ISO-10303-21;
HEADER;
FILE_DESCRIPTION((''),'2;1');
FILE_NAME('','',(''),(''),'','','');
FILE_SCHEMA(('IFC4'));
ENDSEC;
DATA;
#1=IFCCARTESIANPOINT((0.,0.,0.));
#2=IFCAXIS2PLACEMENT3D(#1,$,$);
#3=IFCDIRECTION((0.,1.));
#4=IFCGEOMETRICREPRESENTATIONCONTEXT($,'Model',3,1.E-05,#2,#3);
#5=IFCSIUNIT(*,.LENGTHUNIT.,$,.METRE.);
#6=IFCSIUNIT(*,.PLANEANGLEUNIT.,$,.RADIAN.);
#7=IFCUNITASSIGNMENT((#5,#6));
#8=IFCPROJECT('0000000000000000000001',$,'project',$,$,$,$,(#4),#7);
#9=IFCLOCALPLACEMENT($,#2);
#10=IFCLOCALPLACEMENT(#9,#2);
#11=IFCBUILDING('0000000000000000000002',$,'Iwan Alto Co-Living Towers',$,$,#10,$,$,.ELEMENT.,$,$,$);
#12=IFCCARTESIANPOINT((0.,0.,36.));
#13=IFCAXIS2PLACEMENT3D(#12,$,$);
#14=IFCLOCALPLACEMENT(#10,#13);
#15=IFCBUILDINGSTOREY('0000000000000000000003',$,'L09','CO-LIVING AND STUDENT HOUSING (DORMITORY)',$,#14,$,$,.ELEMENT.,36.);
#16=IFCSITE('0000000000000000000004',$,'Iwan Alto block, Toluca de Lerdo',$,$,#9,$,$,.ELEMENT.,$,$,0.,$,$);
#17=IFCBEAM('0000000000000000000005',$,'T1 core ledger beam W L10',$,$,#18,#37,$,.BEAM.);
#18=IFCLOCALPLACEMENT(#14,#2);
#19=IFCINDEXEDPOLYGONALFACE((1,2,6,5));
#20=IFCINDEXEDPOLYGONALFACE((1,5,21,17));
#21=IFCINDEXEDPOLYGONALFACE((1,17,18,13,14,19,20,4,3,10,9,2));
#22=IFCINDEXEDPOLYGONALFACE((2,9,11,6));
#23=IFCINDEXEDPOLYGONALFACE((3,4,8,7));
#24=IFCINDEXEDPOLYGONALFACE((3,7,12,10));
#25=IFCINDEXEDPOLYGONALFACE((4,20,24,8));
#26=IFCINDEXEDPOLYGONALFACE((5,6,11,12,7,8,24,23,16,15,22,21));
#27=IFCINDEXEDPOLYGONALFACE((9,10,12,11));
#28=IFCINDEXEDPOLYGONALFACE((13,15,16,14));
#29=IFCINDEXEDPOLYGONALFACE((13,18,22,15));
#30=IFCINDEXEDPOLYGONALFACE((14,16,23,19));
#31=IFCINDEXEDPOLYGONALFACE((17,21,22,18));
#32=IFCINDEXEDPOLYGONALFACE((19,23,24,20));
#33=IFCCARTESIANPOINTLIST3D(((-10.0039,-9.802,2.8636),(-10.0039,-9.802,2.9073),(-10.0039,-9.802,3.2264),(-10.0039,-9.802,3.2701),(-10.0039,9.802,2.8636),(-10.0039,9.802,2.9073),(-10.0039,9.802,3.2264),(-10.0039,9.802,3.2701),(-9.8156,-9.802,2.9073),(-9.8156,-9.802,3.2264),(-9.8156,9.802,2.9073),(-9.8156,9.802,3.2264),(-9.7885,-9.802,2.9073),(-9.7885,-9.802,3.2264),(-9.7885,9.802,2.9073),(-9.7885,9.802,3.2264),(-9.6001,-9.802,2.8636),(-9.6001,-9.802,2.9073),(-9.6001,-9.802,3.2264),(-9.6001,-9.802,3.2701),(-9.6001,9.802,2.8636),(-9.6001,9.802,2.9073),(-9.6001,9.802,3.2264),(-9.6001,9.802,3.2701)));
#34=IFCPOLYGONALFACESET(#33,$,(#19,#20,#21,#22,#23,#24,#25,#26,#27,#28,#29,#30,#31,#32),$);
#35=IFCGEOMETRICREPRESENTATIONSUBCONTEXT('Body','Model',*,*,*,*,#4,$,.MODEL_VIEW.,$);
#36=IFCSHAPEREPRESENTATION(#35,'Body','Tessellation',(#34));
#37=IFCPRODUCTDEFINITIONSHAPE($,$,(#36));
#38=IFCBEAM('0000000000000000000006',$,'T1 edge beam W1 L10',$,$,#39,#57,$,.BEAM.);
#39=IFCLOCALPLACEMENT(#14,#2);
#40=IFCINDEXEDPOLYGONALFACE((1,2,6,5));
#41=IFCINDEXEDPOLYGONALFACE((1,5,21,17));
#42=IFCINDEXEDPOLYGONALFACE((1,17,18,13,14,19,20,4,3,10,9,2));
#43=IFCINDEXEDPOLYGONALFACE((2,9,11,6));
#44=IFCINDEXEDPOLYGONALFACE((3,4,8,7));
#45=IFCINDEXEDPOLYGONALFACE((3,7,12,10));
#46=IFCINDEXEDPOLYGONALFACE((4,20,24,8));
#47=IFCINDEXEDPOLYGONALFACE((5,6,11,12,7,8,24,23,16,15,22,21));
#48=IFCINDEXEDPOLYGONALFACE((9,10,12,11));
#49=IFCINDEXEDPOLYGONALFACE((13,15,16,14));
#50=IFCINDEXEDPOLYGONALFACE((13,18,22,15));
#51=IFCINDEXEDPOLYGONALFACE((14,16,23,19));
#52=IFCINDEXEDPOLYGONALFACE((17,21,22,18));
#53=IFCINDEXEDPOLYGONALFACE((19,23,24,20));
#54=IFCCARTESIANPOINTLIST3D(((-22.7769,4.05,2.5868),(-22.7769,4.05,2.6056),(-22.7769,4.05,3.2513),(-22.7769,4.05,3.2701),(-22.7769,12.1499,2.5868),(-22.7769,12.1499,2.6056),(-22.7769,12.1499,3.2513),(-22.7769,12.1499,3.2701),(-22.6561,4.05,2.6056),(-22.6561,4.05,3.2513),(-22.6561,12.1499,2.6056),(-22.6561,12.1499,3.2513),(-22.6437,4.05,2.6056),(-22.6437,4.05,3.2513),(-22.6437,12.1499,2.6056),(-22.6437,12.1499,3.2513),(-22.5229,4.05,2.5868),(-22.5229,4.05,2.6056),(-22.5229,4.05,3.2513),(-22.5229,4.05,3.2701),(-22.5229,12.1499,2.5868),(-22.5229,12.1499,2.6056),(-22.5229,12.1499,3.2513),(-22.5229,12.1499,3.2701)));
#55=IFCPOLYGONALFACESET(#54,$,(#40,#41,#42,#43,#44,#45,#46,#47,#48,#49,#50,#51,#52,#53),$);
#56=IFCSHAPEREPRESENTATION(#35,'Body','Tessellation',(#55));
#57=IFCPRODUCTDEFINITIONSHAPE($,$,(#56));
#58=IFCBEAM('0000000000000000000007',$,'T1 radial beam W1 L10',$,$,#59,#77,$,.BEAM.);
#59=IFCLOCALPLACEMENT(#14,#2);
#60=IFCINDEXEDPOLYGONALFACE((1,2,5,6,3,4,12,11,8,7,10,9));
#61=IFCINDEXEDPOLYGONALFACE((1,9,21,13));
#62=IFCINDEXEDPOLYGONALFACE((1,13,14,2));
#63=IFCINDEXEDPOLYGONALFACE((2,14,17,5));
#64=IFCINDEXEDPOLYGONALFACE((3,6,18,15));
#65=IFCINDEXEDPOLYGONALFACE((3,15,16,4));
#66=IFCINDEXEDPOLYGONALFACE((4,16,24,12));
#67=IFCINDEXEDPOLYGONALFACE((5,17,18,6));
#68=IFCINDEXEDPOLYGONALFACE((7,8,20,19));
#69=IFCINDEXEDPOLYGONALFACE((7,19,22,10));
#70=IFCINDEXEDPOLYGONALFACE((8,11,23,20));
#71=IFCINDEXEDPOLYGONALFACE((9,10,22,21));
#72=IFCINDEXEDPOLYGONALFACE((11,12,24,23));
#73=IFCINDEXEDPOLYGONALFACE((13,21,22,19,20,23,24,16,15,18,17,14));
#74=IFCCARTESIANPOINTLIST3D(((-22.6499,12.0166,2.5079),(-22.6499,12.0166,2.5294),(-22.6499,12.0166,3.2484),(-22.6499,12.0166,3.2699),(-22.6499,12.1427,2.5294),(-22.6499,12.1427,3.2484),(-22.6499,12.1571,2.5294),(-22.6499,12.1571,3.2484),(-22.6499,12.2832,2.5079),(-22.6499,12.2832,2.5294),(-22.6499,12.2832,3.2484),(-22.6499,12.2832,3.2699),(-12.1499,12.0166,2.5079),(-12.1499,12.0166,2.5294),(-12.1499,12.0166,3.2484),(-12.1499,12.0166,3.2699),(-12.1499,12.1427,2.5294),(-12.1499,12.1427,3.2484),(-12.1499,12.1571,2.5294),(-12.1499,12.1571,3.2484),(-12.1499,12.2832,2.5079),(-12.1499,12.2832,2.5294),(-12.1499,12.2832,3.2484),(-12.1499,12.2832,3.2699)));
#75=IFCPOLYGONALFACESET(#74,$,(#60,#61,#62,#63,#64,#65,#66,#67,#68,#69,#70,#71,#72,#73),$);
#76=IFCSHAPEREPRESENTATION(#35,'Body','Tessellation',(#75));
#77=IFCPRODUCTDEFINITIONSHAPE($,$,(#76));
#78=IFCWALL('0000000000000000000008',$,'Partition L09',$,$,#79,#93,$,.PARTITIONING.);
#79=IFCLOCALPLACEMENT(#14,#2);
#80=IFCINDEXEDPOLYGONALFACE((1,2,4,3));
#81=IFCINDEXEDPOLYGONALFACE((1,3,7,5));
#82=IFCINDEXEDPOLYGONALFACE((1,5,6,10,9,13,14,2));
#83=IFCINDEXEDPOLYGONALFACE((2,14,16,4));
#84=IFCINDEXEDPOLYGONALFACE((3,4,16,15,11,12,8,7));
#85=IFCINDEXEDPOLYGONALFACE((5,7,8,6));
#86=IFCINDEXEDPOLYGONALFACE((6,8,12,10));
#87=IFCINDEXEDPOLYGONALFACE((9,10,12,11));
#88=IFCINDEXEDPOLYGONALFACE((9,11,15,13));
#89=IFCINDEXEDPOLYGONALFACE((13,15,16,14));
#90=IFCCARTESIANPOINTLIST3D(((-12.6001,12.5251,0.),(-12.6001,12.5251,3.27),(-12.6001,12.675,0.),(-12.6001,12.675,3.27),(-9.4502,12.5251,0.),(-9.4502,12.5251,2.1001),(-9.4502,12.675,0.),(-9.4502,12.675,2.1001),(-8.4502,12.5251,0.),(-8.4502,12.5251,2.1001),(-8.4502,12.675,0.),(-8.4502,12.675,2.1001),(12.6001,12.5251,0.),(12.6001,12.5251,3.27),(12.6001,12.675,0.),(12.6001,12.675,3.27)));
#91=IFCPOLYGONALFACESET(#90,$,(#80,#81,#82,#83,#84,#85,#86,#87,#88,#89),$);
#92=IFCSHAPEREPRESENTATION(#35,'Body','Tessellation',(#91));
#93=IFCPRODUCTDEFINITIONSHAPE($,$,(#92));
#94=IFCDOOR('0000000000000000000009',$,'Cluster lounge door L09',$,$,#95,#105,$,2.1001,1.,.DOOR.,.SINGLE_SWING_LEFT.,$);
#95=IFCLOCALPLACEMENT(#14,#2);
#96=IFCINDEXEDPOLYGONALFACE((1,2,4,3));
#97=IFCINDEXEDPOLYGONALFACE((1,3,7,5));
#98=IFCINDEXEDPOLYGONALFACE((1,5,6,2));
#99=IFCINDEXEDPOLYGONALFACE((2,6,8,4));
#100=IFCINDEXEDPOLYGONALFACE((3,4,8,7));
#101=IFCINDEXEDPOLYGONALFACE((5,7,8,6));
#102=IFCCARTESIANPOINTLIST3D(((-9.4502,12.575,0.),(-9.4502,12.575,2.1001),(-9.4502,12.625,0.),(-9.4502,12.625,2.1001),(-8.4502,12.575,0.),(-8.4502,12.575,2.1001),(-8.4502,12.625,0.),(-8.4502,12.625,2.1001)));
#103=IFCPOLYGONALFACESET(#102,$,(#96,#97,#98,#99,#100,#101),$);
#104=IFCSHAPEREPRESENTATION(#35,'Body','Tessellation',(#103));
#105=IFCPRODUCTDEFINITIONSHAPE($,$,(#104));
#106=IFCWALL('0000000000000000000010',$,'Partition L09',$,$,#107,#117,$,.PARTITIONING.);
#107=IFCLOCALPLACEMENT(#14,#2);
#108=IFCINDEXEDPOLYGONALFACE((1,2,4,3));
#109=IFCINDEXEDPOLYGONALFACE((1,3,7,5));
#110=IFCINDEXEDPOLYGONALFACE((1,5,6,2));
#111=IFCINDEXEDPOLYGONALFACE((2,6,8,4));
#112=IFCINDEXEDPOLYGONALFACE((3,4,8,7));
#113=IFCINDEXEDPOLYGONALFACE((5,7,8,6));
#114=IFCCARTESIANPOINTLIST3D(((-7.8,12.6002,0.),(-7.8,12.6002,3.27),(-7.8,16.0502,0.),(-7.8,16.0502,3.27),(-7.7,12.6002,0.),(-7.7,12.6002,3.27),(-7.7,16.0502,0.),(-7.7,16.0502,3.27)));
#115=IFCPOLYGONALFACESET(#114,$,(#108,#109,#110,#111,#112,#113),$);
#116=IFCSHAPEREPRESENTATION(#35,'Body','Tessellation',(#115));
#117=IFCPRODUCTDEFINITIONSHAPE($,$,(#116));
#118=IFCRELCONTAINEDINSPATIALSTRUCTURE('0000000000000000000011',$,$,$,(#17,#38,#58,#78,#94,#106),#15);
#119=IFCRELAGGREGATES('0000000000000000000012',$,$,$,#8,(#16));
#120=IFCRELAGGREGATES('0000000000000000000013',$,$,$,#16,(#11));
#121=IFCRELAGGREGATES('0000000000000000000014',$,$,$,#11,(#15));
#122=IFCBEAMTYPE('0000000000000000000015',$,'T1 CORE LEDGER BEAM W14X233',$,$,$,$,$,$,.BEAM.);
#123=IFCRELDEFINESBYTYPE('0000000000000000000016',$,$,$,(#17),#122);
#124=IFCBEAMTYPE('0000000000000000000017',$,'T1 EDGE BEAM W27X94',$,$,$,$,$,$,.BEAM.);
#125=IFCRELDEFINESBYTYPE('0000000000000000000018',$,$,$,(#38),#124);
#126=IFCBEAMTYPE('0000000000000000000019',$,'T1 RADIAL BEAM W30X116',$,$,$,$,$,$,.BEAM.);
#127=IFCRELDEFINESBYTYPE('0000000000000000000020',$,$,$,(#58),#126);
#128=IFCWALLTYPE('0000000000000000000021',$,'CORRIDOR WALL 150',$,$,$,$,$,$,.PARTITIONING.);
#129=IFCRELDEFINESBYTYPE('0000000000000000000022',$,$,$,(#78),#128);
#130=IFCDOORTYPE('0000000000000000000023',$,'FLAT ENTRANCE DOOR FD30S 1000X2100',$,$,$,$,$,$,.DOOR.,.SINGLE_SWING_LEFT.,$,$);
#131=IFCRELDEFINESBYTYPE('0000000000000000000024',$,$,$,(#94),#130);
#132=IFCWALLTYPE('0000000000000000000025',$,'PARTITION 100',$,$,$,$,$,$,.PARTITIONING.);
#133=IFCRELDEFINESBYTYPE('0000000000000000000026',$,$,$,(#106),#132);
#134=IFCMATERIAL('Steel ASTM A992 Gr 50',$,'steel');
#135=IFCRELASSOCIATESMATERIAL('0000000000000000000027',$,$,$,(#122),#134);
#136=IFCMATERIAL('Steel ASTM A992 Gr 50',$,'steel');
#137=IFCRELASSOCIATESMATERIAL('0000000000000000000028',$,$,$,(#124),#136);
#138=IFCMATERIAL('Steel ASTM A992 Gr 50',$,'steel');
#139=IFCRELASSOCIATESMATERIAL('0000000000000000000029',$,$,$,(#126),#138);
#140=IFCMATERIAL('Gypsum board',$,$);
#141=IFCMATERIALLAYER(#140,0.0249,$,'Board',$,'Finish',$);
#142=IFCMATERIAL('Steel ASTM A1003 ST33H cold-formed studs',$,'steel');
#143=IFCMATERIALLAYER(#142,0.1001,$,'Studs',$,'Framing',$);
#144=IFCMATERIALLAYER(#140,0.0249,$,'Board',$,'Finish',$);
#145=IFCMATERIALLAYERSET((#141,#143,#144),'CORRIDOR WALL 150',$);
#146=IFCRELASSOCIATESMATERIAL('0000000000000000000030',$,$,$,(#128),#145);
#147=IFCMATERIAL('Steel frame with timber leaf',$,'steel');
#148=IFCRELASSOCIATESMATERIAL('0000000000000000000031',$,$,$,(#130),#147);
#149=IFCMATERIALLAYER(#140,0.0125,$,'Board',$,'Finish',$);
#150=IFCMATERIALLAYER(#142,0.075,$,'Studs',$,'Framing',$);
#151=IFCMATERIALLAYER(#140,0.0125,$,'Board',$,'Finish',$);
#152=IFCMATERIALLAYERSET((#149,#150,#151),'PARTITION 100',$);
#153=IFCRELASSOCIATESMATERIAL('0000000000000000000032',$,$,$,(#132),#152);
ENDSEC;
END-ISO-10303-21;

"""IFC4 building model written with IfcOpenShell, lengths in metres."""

from ifc_helpers import new_model, si_unit, direction, frame, frame_2d, origin, origin_2d, place, context, subcontext, project, spatial, rectangle, i_section, extrude, material, layer, layer_set, material_profile, profile_set, type_object, element, fill, save


model = new_model("IFC4")

# Units and contexts
model_context = context("Model", 3, precision=1e-05, world=origin(), true_north=direction((0.0, 1.0)))
body_context = subcontext(model_context, "Body", "Model", "MODEL_VIEW")
ifc_project = project(units=[si_unit("LENGTHUNIT", "METRE"), si_unit("PLANEANGLEUNIT", "RADIAN")], contexts=[model_context])

# Site, building, storey
site_placement = place(None, origin())
site = spatial("IfcSite", under=ifc_project, at=site_placement, Name="Iwan Alto block, Toluca de Lerdo", CompositionType="ELEMENT", RefElevation=0.0)
building_placement = place(site_placement, origin())
building = spatial("IfcBuilding", under=site, at=building_placement, Name="Iwan Alto Co-Living Towers", CompositionType="ELEMENT")
storey_placement = place(building_placement, frame((0.0, 0.0, 36.0)))
storey = spatial("IfcBuildingStorey", under=building, at=storey_placement, Name="L09", Description="CO-LIVING AND STUDENT HOUSING (DORMITORY)", CompositionType="ELEMENT", Elevation=36.0)

# Beams
ifc_material_1 = material(Name="Steel ASTM A992 Gr 50", Category="steel")
ifc_material_profile_1 = material_profile(ifc_material_1, i_section(OverallWidth=0.4038, OverallDepth=0.4065, WebThickness=0.0271, FlangeThickness=0.0437, at=origin_2d()), Name="W14X233")
ifc_profile_set_1 = profile_set([ifc_material_profile_1], Name="Steel ASTM A992 Gr 50")
beam_type_1 = type_object("IfcBeamType", Name="T1 CORE LEDGER BEAM W14X233", PredefinedType="BEAM", material=ifc_profile_set_1)
beam_1_placement = place(storey_placement, frame((-9.802, 9.802, 3.0669), z_axis=(0.0, -1.0, 0.0), x_axis=(1.0, 0.0, 0.0)))
element("IfcBeam", 1, at=beam_1_placement, inside=storey, type_object=beam_type_1, Name="T1 core ledger beam W L10", PredefinedType="BEAM", context=body_context, shape_type="SweptSolid", body=[
    extrude(i_section(OverallWidth=0.4038, OverallDepth=0.4065, WebThickness=0.0271, FlangeThickness=0.0437, at=origin_2d()), origin(), (0.0, 0.0, 1.0), 19.604),
])
ifc_material_2 = material(Name="Steel ASTM A992 Gr 50", Category="steel")
ifc_material_profile_2 = material_profile(ifc_material_2, i_section(OverallWidth=0.2539, OverallDepth=0.6833, WebThickness=0.0125, FlangeThickness=0.0188, at=origin_2d()), Name="W27X94")
ifc_profile_set_2 = profile_set([ifc_material_profile_2], Name="Steel ASTM A992 Gr 50")
beam_type_2 = type_object("IfcBeamType", Name="T1 EDGE BEAM W27X94", PredefinedType="BEAM", material=ifc_profile_set_2)
beam_2_placement = place(storey_placement, frame((-22.6499, 12.1499, 2.9285), z_axis=(0.0, -1.0, 0.0), x_axis=(1.0, 0.0, 0.0)))
element("IfcBeam", 2, at=beam_2_placement, inside=storey, type_object=beam_type_2, Name="T1 edge beam W1 L10", PredefinedType="BEAM", context=body_context, shape_type="SweptSolid", body=[
    extrude(i_section(OverallWidth=0.2539, OverallDepth=0.6833, WebThickness=0.0125, FlangeThickness=0.0188, at=origin_2d()), origin(), (0.0, 0.0, 1.0), 8.0999),
])
ifc_material_3 = material(Name="Steel ASTM A992 Gr 50", Category="steel")
ifc_material_profile_3 = material_profile(ifc_material_3, i_section(OverallWidth=0.2666, OverallDepth=0.762, WebThickness=0.0144, FlangeThickness=0.0215, at=origin_2d()), Name="W30X116")
ifc_profile_set_3 = profile_set([ifc_material_profile_3], Name="Steel ASTM A992 Gr 50")
beam_type_3 = type_object("IfcBeamType", Name="T1 RADIAL BEAM W30X116", PredefinedType="BEAM", material=ifc_profile_set_3)
beam_3_placement = place(storey_placement, frame((-22.6499, 12.1499, 2.8889), z_axis=(1.0, 0.0, 0.0), x_axis=(0.0, 1.0, 0.0)))
element("IfcBeam", 3, at=beam_3_placement, inside=storey, type_object=beam_type_3, Name="T1 radial beam W1 L10", PredefinedType="BEAM", context=body_context, shape_type="SweptSolid", body=[
    extrude(i_section(OverallWidth=0.2666, OverallDepth=0.762, WebThickness=0.0144, FlangeThickness=0.0215, at=origin_2d()), origin(), (0.0, 0.0, 1.0), 10.5),
])

# Wall, opening, door
ifc_material_4 = material(Name="Gypsum board")
ifc_layer_1 = layer(ifc_material_4, 0.0249, Name="Board", Category="Finish")
ifc_material_5 = material(Name="Steel ASTM A1003 ST33H cold-formed studs", Category="steel")
ifc_layer_2 = layer(ifc_material_5, 0.1001, Name="Studs", Category="Framing")
ifc_layer_3 = layer(ifc_material_4, 0.0249, Name="Board", Category="Finish")
ifc_layer_set_1 = layer_set([ifc_layer_1, ifc_layer_2, ifc_layer_3], Name="CORRIDOR WALL 150")
wall_type_1 = type_object("IfcWallType", Name="CORRIDOR WALL 150", PredefinedType="PARTITIONING", material=ifc_layer_set_1)
wall_1_placement = place(storey_placement, frame((-12.6001, 12.6001, 0.0), z_axis=(0.0, 0.0, 1.0), x_axis=(1.0, 0.0, 0.0)))
wall_1 = element("IfcWall", 4, at=wall_1_placement, inside=storey, type_object=wall_type_1, Name="Partition L09", PredefinedType="PARTITIONING", context=body_context, shape_type="SweptSolid", body=[
    extrude(rectangle(XDim=25.2002, YDim=0.1499, at=frame_2d((12.6001, 0.0))), origin(), (0.0, 0.0, 1.0), 3.27),
])
opening_1_placement = place(wall_1_placement, frame((3.1499, 0.0, 0.0)))
opening_1 = element("IfcOpeningElement", 5, at=opening_1_placement, cuts=wall_1, PredefinedType="OPENING", context=body_context, shape_type="SweptSolid", body=[
    extrude(rectangle(XDim=1.0, YDim=2.1001, at=frame_2d((0.5, 1.05))), frame((0.0, 0.085, 0.0), z_axis=(0.0, -1.0, 0.0), x_axis=(1.0, 0.0, 0.0)), (0.0, 0.0, 1.0), 0.1699),
])
ifc_material_6 = material(Name="Steel frame with timber leaf", Category="steel")
door_type_1 = type_object("IfcDoorType", Name="FLAT ENTRANCE DOOR FD30S 1000X2100", OperationType="SINGLE_SWING_LEFT", PredefinedType="DOOR", material=ifc_material_6)
door_1_placement = place(opening_1_placement, origin())
door_1 = element("IfcDoor", 6, at=door_1_placement, inside=storey, type_object=door_type_1, Name="Cluster lounge door L09", OperationType="SINGLE_SWING_LEFT", OverallHeight=2.1001, OverallWidth=1.0, PredefinedType="DOOR", context=body_context, shape_type="SweptSolid", body=[
    extrude(rectangle(XDim=1.0, YDim=2.1001, at=frame_2d((0.5, 1.05))), frame((0.0, 0.0249, 0.0), z_axis=(0.0, -1.0, 0.0), x_axis=(1.0, 0.0, 0.0)), (0.0, 0.0, 1.0), 0.05),
])
fill(opening_1, door_1)

# Wall
ifc_layer_4 = layer(ifc_material_4, 0.0125, Name="Board", Category="Finish")
ifc_layer_5 = layer(ifc_material_5, 0.075, Name="Studs", Category="Framing")
ifc_layer_6 = layer(ifc_material_4, 0.0125, Name="Board", Category="Finish")
ifc_layer_set_2 = layer_set([ifc_layer_4, ifc_layer_5, ifc_layer_6], Name="PARTITION 100")
wall_type_2 = type_object("IfcWallType", Name="PARTITION 100", PredefinedType="PARTITIONING", material=ifc_layer_set_2)
wall_2_placement = place(storey_placement, frame((-7.75, 12.6001, 0.0), z_axis=(0.0, 0.0, 1.0), x_axis=(0.0, 1.0, 0.0)))
element("IfcWall", 7, at=wall_2_placement, inside=storey, type_object=wall_type_2, Name="Partition L09", PredefinedType="PARTITIONING", context=body_context, shape_type="SweptSolid", body=[
    extrude(rectangle(XDim=3.45, YDim=0.1001, at=frame_2d((1.7251, 0.0))), origin(), (0.0, 0.0, 1.0), 3.27),
])

save(model, "model.ifc")
